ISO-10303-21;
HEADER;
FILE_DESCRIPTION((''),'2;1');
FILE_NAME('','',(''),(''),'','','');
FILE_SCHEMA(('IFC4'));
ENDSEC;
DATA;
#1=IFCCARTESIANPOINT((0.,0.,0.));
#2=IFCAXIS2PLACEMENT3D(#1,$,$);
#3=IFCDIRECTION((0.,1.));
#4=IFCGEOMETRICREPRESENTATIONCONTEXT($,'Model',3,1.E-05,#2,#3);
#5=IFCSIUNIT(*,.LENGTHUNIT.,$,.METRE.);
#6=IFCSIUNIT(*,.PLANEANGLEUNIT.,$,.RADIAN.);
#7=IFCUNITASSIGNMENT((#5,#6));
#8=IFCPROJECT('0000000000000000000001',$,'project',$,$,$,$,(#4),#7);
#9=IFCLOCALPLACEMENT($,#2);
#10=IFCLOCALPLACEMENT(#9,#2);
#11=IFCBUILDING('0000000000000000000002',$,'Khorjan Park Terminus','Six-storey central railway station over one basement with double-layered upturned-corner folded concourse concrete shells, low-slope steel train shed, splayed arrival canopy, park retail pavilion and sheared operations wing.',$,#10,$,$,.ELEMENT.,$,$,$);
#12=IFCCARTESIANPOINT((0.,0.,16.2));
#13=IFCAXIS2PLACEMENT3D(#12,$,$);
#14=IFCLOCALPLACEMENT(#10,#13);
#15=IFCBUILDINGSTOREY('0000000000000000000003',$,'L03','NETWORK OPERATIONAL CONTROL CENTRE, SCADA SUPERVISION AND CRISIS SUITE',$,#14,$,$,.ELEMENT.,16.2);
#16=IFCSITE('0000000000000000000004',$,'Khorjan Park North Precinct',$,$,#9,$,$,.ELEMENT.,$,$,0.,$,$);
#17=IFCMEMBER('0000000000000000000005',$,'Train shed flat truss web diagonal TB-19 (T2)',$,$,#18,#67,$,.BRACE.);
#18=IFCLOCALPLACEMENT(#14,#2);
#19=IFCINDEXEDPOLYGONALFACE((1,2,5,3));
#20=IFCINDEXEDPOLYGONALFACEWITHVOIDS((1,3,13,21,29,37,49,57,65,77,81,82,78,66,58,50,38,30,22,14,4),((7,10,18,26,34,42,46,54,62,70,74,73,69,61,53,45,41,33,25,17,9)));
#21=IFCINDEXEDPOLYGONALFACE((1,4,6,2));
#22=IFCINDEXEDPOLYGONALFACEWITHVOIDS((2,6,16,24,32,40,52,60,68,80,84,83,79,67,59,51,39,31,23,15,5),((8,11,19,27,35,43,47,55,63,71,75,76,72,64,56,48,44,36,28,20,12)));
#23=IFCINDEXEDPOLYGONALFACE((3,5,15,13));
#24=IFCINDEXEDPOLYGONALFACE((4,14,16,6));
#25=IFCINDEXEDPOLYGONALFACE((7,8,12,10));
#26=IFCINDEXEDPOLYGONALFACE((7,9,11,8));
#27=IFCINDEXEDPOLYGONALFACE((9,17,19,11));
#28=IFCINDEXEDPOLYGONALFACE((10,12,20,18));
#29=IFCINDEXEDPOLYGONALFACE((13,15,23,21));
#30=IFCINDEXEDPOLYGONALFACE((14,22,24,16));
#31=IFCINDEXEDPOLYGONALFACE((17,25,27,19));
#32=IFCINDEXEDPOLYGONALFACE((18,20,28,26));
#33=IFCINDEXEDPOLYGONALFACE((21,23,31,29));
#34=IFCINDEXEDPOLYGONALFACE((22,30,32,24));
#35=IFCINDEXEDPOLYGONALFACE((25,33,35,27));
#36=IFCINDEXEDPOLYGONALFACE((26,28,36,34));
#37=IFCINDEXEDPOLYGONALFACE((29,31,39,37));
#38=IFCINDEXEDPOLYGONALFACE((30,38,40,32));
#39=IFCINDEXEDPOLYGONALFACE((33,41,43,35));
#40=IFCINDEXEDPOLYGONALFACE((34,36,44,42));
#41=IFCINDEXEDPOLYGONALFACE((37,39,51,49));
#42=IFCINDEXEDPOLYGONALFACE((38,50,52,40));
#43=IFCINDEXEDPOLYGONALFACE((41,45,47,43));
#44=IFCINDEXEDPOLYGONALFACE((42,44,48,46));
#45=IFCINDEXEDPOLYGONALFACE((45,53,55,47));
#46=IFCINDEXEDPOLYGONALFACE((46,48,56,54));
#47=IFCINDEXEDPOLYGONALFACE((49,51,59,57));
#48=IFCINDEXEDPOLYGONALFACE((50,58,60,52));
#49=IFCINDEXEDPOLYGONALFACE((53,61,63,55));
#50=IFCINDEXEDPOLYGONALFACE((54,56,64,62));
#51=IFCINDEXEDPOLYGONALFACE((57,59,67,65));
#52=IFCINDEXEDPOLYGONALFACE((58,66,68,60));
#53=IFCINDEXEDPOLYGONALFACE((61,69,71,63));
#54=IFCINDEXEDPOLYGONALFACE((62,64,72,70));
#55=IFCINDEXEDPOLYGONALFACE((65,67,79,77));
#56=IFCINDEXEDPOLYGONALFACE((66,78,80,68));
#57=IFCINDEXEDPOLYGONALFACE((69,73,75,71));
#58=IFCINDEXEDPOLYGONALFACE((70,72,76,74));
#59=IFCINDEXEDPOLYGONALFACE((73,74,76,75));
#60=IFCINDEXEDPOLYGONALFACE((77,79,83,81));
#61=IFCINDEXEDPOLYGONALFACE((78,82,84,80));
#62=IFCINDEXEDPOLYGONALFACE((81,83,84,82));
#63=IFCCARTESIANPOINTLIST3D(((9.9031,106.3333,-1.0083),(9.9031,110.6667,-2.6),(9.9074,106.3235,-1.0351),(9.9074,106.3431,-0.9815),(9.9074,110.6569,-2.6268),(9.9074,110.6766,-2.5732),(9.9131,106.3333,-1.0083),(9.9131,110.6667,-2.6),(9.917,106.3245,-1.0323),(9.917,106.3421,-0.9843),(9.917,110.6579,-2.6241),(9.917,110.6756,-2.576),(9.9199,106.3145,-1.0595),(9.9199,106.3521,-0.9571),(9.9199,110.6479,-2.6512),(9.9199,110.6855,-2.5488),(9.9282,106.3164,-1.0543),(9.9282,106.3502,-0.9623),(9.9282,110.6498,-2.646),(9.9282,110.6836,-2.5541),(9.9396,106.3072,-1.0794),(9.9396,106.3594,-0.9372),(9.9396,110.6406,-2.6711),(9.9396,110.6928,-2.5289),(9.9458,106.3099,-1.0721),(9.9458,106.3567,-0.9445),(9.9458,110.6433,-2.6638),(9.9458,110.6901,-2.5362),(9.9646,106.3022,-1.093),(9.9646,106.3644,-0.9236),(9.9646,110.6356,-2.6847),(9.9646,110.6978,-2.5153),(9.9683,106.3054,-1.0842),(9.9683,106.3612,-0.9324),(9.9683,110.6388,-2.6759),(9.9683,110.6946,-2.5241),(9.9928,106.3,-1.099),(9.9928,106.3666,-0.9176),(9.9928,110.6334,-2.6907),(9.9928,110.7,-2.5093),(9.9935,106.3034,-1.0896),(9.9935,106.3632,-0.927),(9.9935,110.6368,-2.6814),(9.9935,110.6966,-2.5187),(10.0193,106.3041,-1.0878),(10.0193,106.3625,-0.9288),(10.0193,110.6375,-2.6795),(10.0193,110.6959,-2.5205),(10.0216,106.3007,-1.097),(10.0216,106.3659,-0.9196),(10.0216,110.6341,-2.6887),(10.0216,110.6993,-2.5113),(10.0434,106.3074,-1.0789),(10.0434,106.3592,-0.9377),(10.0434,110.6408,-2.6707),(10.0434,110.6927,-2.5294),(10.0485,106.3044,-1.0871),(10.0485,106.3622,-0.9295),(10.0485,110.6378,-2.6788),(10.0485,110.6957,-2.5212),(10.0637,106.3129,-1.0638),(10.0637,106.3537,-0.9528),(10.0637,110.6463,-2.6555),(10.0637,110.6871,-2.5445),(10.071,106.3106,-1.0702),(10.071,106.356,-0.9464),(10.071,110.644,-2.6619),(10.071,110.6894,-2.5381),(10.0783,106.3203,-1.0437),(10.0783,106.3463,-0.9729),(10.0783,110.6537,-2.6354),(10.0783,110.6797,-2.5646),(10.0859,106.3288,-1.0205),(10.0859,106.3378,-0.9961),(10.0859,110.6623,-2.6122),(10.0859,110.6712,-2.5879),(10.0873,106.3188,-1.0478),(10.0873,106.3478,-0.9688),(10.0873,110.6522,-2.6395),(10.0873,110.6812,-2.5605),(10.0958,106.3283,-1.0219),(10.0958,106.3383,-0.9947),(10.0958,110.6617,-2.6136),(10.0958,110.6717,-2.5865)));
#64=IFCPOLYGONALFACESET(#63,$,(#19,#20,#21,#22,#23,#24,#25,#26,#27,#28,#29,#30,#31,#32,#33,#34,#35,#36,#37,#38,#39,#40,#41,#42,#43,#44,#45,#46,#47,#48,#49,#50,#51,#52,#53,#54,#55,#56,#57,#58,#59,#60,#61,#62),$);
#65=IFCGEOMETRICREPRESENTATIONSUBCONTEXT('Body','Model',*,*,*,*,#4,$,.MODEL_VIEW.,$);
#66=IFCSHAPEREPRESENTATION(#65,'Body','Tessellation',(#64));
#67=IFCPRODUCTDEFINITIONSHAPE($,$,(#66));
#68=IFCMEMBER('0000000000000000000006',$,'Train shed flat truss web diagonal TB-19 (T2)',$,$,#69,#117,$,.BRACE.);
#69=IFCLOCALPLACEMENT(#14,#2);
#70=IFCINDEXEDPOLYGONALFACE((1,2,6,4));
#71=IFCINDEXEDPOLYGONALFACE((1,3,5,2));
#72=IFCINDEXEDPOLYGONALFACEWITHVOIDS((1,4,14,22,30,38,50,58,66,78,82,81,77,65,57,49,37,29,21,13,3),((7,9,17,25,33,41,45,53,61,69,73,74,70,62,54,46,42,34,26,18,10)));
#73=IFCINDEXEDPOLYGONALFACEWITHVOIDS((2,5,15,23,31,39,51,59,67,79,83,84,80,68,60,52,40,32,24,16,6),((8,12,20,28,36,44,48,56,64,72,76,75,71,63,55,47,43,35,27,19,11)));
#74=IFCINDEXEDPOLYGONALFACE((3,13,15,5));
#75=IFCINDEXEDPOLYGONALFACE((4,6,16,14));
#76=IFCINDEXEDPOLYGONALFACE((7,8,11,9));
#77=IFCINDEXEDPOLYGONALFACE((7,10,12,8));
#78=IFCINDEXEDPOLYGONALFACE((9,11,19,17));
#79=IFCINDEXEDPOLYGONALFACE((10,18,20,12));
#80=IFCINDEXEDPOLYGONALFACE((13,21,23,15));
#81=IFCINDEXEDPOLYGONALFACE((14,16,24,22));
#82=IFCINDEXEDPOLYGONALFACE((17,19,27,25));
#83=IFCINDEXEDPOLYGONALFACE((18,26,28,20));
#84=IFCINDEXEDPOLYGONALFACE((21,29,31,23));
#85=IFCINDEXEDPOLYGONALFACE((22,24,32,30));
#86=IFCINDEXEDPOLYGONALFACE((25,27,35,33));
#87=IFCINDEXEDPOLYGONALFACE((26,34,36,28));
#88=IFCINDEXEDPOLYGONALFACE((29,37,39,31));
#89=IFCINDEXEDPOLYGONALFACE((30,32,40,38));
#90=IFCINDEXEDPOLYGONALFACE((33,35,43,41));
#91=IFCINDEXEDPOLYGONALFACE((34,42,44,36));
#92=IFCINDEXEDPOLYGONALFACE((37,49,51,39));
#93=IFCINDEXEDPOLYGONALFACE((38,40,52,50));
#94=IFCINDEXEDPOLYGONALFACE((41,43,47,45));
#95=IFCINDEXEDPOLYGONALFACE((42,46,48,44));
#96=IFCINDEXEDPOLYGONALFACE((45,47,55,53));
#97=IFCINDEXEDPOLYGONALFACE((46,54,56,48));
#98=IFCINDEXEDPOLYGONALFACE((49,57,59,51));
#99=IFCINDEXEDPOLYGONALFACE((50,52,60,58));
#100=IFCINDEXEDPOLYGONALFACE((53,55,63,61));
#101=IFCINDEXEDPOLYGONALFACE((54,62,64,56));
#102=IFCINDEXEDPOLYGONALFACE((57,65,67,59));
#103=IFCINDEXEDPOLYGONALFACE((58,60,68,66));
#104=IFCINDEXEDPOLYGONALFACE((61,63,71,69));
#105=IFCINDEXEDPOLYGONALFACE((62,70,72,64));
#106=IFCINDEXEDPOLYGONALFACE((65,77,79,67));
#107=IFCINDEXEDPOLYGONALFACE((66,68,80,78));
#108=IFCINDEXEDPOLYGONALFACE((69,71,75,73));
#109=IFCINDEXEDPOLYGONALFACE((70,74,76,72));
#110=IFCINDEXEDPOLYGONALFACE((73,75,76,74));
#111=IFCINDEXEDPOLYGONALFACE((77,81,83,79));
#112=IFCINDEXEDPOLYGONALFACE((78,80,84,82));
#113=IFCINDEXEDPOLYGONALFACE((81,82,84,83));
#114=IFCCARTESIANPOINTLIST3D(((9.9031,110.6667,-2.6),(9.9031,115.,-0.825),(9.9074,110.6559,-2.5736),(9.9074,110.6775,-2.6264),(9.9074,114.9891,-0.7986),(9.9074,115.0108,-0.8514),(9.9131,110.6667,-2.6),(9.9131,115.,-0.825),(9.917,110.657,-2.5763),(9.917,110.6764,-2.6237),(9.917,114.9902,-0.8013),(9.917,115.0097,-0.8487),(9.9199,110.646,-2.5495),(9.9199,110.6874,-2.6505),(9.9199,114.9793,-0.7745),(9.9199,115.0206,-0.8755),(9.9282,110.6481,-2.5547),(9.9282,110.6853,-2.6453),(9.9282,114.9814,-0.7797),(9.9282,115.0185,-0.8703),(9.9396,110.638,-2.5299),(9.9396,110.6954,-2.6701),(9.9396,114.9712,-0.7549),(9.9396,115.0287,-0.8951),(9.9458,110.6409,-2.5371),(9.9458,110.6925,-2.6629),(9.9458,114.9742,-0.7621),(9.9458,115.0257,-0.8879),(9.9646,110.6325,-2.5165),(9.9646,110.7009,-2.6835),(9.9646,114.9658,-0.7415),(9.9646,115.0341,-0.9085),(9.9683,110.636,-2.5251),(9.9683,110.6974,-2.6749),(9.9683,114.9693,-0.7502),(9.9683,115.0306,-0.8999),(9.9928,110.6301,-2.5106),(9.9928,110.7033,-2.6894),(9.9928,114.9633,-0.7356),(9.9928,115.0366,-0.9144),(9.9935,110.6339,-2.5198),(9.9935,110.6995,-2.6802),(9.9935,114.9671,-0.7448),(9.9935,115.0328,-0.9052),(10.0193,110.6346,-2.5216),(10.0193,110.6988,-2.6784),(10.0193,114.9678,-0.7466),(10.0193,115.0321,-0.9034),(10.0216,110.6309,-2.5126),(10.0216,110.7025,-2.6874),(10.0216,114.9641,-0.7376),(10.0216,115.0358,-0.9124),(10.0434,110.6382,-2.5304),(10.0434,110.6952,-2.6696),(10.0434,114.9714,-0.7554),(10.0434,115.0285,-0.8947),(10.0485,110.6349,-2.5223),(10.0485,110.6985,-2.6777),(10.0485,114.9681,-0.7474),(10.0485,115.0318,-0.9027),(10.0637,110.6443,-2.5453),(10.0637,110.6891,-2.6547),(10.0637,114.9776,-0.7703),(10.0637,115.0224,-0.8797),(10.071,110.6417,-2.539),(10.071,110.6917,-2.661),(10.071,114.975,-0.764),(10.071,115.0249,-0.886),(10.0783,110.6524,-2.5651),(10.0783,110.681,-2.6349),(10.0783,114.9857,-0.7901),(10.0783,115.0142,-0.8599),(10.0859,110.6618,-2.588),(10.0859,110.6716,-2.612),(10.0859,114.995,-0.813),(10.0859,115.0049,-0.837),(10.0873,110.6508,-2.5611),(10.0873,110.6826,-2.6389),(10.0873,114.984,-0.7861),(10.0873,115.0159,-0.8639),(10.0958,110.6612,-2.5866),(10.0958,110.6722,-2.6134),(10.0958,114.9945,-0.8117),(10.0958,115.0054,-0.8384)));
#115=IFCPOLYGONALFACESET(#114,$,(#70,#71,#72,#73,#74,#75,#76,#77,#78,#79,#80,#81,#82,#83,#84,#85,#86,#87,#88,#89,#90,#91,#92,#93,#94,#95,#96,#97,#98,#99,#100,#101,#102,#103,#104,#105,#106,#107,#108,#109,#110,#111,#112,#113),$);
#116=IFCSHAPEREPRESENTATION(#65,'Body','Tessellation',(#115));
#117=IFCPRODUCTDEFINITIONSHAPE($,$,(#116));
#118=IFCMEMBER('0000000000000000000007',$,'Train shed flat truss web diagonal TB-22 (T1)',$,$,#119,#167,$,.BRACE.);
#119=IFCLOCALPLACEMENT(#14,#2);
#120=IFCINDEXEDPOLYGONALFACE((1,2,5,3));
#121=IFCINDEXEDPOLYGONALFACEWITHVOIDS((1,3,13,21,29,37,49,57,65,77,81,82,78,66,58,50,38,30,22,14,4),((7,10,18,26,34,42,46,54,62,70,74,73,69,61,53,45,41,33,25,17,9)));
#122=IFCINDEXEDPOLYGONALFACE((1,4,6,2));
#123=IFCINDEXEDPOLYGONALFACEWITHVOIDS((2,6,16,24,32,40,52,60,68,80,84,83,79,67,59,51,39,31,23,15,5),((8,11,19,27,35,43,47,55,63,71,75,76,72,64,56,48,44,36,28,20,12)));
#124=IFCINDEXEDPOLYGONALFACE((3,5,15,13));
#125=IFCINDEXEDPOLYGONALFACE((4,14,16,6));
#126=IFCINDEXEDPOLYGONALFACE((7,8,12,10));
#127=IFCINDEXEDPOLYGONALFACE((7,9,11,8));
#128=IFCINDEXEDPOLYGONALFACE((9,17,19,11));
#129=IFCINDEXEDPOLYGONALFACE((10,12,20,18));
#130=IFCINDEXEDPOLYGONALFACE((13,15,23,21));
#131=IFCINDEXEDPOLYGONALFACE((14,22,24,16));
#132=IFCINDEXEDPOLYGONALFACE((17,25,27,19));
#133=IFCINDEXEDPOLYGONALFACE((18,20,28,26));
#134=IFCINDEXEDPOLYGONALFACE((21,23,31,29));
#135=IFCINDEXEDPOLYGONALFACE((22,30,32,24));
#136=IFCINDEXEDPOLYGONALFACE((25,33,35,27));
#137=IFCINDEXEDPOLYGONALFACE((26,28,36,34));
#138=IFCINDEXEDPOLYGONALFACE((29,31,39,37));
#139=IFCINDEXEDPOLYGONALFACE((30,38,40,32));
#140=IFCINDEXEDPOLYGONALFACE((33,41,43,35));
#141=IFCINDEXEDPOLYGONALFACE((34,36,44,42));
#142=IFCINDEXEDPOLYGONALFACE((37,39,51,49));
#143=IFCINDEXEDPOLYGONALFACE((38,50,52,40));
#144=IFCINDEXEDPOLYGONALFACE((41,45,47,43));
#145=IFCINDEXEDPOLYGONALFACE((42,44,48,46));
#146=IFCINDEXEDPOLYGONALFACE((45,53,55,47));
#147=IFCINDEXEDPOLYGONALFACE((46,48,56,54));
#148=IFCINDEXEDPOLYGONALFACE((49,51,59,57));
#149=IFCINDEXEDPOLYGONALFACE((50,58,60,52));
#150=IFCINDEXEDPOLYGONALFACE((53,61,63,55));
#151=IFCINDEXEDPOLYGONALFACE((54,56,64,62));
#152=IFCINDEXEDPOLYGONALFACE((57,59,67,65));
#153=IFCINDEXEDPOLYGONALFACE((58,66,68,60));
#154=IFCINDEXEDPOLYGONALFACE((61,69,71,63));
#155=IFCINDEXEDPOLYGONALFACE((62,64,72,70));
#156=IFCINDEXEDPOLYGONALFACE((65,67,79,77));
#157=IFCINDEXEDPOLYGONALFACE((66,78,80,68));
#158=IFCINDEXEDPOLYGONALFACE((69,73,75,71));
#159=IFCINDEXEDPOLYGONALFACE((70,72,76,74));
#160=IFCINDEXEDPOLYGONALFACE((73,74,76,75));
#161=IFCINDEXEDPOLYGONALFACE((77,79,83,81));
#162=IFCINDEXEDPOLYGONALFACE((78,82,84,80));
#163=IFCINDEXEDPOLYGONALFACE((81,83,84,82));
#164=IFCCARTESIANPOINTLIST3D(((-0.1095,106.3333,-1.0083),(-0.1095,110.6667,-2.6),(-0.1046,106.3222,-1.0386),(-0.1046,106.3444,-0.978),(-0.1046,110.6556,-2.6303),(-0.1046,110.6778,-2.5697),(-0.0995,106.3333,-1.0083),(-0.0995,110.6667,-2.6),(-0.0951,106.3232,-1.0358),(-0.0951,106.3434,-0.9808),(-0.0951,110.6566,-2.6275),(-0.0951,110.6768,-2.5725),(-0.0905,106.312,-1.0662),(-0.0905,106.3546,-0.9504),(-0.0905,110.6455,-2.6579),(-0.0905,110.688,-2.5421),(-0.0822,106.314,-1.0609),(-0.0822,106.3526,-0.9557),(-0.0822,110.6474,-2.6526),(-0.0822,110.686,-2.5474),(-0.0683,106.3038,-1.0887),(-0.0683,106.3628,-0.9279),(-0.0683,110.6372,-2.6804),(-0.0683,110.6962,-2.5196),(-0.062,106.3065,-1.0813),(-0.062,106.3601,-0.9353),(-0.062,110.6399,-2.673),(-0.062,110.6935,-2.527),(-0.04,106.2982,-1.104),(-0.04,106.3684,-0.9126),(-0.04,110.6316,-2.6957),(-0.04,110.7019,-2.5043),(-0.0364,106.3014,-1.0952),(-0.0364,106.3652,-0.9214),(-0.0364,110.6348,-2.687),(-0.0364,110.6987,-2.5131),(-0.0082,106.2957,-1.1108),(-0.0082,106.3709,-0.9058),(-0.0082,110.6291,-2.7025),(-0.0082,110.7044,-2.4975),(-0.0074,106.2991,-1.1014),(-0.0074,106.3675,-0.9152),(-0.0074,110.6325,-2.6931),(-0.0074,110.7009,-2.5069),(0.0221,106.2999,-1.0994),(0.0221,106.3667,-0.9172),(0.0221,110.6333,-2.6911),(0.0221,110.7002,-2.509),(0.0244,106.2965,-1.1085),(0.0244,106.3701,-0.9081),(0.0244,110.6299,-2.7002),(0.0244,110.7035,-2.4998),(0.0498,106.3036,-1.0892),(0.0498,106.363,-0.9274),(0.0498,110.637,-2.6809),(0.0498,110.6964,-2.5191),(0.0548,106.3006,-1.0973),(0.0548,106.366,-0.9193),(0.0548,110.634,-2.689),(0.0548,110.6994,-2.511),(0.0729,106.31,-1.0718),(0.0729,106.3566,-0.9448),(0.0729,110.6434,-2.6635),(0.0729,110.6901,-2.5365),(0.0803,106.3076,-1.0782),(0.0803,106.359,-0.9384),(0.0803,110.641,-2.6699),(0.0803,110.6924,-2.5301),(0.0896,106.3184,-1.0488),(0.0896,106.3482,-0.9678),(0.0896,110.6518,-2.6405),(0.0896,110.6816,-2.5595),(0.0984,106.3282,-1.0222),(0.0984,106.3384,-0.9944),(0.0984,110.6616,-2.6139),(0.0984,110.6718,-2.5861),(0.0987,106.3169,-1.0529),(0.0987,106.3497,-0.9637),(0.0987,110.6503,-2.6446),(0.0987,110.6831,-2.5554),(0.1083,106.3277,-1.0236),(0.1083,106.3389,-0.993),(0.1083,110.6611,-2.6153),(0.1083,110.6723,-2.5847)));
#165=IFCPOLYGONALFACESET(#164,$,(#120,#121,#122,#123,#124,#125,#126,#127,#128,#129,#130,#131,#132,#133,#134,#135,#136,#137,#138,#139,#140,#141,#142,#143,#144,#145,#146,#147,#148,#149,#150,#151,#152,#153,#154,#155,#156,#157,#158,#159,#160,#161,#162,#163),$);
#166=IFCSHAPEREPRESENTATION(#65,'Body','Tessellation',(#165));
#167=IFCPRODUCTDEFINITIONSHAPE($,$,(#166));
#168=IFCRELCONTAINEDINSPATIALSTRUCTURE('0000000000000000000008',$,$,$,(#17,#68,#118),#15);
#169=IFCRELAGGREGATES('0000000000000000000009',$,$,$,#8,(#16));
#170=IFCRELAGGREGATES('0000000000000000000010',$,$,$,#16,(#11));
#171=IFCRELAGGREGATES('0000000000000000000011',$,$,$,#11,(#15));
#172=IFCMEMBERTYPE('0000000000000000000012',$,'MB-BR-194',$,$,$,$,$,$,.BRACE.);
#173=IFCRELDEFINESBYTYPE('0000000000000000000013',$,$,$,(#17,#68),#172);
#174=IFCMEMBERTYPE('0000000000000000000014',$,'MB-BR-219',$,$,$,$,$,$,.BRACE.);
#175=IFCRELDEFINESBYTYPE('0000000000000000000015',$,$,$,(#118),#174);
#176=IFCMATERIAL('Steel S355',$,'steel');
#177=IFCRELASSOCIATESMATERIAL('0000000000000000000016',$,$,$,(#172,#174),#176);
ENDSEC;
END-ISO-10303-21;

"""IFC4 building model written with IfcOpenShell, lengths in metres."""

from ifc_helpers import new_model, si_unit, direction, frame, origin, origin_2d, place, context, subcontext, project, spatial, hollow_circle, extrude, material, material_profile, profile_set, type_object, element, save


model = new_model("IFC4")

# Units and contexts
model_context = context("Model", 3, precision=1e-05, world=origin(), true_north=direction((0.0, 1.0)))
body_context = subcontext(model_context, "Body", "Model", "MODEL_VIEW")
ifc_project = project(units=[si_unit("LENGTHUNIT", "METRE"), si_unit("PLANEANGLEUNIT", "RADIAN")], contexts=[model_context])

# Site, building, storey
site_placement = place(None, origin())
site = spatial("IfcSite", under=ifc_project, at=site_placement, Name="Khorjan Park North Precinct", CompositionType="ELEMENT", RefElevation=0.0)
building_placement = place(site_placement, origin())
building = spatial("IfcBuilding", under=site, at=building_placement, Name="Khorjan Park Terminus", Description="Six-storey central railway station over one basement with double-layered upturned-corner folded concourse concrete shells, low-slope steel train shed, splayed arrival canopy, park retail pavilion and sheared operations wing.", CompositionType="ELEMENT")
storey_placement = place(building_placement, frame((0.0, 0.0, 16.2)))
storey = spatial("IfcBuildingStorey", under=building, at=storey_placement, Name="L03", Description="NETWORK OPERATIONAL CONTROL CENTRE, SCADA SUPERVISION AND CRISIS SUITE", CompositionType="ELEMENT", Elevation=16.2)

# Members
ifc_material_1 = material(Name="Steel S355", Category="steel")
ifc_material_profile_1 = material_profile(ifc_material_1, hollow_circle(Radius=0.0969, WallThickness=0.01, at=origin_2d()), Name="CHS 193.7x10")
ifc_profile_set_1 = profile_set([ifc_material_profile_1], Name="Steel S355")
member_type_1 = type_object("IfcMemberType", Name="MB-BR-194", PredefinedType="BRACE", material=ifc_profile_set_1)
member_1_placement = place(storey_placement, frame((10.0, 106.3333, -1.0083), z_axis=(0.0, 0.938681, -0.344787), x_axis=(-1.0, 0.0, 0.0)))
element("IfcMember", 1, at=member_1_placement, inside=storey, type_object=member_type_1, Name="Train shed flat truss web diagonal TB-19 (T2)", PredefinedType="BRACE", context=body_context, shape_type="SweptSolid", body=[
    extrude(hollow_circle(Radius=0.0969, WallThickness=0.01, at=origin_2d()), origin(), (0.0, 0.0, 1.0), 4.6165),
])
member_2_placement = place(storey_placement, frame((10.0, 110.6667, -2.6), z_axis=(0.0, 0.925376, 0.379051), x_axis=(-1.0, 0.0, 0.0)))
element("IfcMember", 2, at=member_2_placement, inside=storey, type_object=member_type_1, Name="Train shed flat truss web diagonal TB-19 (T2)", PredefinedType="BRACE", context=body_context, shape_type="SweptSolid", body=[
    extrude(hollow_circle(Radius=0.0969, WallThickness=0.01, at=origin_2d()), origin(), (0.0, 0.0, 1.0), 4.6827),
])
ifc_material_profile_2 = material_profile(ifc_material_1, hollow_circle(Radius=0.1095, WallThickness=0.01, at=origin_2d()), Name="CHS 219.1x10")
ifc_profile_set_2 = profile_set([ifc_material_profile_2], Name="Steel S355")
member_type_2 = type_object("IfcMemberType", Name="MB-BR-219", PredefinedType="BRACE", material=ifc_profile_set_2)
member_3_placement = place(storey_placement, frame((0.0, 106.3333, -1.0083), z_axis=(0.0, 0.938681, -0.344787), x_axis=(-1.0, 0.0, 0.0)))
element("IfcMember", 3, at=member_3_placement, inside=storey, type_object=member_type_2, Name="Train shed flat truss web diagonal TB-22 (T1)", PredefinedType="BRACE", context=body_context, shape_type="SweptSolid", body=[
    extrude(hollow_circle(Radius=0.1095, WallThickness=0.01, at=origin_2d()), origin(), (0.0, 0.0, 1.0), 4.6165),
])

save(model, "model.ifc")
